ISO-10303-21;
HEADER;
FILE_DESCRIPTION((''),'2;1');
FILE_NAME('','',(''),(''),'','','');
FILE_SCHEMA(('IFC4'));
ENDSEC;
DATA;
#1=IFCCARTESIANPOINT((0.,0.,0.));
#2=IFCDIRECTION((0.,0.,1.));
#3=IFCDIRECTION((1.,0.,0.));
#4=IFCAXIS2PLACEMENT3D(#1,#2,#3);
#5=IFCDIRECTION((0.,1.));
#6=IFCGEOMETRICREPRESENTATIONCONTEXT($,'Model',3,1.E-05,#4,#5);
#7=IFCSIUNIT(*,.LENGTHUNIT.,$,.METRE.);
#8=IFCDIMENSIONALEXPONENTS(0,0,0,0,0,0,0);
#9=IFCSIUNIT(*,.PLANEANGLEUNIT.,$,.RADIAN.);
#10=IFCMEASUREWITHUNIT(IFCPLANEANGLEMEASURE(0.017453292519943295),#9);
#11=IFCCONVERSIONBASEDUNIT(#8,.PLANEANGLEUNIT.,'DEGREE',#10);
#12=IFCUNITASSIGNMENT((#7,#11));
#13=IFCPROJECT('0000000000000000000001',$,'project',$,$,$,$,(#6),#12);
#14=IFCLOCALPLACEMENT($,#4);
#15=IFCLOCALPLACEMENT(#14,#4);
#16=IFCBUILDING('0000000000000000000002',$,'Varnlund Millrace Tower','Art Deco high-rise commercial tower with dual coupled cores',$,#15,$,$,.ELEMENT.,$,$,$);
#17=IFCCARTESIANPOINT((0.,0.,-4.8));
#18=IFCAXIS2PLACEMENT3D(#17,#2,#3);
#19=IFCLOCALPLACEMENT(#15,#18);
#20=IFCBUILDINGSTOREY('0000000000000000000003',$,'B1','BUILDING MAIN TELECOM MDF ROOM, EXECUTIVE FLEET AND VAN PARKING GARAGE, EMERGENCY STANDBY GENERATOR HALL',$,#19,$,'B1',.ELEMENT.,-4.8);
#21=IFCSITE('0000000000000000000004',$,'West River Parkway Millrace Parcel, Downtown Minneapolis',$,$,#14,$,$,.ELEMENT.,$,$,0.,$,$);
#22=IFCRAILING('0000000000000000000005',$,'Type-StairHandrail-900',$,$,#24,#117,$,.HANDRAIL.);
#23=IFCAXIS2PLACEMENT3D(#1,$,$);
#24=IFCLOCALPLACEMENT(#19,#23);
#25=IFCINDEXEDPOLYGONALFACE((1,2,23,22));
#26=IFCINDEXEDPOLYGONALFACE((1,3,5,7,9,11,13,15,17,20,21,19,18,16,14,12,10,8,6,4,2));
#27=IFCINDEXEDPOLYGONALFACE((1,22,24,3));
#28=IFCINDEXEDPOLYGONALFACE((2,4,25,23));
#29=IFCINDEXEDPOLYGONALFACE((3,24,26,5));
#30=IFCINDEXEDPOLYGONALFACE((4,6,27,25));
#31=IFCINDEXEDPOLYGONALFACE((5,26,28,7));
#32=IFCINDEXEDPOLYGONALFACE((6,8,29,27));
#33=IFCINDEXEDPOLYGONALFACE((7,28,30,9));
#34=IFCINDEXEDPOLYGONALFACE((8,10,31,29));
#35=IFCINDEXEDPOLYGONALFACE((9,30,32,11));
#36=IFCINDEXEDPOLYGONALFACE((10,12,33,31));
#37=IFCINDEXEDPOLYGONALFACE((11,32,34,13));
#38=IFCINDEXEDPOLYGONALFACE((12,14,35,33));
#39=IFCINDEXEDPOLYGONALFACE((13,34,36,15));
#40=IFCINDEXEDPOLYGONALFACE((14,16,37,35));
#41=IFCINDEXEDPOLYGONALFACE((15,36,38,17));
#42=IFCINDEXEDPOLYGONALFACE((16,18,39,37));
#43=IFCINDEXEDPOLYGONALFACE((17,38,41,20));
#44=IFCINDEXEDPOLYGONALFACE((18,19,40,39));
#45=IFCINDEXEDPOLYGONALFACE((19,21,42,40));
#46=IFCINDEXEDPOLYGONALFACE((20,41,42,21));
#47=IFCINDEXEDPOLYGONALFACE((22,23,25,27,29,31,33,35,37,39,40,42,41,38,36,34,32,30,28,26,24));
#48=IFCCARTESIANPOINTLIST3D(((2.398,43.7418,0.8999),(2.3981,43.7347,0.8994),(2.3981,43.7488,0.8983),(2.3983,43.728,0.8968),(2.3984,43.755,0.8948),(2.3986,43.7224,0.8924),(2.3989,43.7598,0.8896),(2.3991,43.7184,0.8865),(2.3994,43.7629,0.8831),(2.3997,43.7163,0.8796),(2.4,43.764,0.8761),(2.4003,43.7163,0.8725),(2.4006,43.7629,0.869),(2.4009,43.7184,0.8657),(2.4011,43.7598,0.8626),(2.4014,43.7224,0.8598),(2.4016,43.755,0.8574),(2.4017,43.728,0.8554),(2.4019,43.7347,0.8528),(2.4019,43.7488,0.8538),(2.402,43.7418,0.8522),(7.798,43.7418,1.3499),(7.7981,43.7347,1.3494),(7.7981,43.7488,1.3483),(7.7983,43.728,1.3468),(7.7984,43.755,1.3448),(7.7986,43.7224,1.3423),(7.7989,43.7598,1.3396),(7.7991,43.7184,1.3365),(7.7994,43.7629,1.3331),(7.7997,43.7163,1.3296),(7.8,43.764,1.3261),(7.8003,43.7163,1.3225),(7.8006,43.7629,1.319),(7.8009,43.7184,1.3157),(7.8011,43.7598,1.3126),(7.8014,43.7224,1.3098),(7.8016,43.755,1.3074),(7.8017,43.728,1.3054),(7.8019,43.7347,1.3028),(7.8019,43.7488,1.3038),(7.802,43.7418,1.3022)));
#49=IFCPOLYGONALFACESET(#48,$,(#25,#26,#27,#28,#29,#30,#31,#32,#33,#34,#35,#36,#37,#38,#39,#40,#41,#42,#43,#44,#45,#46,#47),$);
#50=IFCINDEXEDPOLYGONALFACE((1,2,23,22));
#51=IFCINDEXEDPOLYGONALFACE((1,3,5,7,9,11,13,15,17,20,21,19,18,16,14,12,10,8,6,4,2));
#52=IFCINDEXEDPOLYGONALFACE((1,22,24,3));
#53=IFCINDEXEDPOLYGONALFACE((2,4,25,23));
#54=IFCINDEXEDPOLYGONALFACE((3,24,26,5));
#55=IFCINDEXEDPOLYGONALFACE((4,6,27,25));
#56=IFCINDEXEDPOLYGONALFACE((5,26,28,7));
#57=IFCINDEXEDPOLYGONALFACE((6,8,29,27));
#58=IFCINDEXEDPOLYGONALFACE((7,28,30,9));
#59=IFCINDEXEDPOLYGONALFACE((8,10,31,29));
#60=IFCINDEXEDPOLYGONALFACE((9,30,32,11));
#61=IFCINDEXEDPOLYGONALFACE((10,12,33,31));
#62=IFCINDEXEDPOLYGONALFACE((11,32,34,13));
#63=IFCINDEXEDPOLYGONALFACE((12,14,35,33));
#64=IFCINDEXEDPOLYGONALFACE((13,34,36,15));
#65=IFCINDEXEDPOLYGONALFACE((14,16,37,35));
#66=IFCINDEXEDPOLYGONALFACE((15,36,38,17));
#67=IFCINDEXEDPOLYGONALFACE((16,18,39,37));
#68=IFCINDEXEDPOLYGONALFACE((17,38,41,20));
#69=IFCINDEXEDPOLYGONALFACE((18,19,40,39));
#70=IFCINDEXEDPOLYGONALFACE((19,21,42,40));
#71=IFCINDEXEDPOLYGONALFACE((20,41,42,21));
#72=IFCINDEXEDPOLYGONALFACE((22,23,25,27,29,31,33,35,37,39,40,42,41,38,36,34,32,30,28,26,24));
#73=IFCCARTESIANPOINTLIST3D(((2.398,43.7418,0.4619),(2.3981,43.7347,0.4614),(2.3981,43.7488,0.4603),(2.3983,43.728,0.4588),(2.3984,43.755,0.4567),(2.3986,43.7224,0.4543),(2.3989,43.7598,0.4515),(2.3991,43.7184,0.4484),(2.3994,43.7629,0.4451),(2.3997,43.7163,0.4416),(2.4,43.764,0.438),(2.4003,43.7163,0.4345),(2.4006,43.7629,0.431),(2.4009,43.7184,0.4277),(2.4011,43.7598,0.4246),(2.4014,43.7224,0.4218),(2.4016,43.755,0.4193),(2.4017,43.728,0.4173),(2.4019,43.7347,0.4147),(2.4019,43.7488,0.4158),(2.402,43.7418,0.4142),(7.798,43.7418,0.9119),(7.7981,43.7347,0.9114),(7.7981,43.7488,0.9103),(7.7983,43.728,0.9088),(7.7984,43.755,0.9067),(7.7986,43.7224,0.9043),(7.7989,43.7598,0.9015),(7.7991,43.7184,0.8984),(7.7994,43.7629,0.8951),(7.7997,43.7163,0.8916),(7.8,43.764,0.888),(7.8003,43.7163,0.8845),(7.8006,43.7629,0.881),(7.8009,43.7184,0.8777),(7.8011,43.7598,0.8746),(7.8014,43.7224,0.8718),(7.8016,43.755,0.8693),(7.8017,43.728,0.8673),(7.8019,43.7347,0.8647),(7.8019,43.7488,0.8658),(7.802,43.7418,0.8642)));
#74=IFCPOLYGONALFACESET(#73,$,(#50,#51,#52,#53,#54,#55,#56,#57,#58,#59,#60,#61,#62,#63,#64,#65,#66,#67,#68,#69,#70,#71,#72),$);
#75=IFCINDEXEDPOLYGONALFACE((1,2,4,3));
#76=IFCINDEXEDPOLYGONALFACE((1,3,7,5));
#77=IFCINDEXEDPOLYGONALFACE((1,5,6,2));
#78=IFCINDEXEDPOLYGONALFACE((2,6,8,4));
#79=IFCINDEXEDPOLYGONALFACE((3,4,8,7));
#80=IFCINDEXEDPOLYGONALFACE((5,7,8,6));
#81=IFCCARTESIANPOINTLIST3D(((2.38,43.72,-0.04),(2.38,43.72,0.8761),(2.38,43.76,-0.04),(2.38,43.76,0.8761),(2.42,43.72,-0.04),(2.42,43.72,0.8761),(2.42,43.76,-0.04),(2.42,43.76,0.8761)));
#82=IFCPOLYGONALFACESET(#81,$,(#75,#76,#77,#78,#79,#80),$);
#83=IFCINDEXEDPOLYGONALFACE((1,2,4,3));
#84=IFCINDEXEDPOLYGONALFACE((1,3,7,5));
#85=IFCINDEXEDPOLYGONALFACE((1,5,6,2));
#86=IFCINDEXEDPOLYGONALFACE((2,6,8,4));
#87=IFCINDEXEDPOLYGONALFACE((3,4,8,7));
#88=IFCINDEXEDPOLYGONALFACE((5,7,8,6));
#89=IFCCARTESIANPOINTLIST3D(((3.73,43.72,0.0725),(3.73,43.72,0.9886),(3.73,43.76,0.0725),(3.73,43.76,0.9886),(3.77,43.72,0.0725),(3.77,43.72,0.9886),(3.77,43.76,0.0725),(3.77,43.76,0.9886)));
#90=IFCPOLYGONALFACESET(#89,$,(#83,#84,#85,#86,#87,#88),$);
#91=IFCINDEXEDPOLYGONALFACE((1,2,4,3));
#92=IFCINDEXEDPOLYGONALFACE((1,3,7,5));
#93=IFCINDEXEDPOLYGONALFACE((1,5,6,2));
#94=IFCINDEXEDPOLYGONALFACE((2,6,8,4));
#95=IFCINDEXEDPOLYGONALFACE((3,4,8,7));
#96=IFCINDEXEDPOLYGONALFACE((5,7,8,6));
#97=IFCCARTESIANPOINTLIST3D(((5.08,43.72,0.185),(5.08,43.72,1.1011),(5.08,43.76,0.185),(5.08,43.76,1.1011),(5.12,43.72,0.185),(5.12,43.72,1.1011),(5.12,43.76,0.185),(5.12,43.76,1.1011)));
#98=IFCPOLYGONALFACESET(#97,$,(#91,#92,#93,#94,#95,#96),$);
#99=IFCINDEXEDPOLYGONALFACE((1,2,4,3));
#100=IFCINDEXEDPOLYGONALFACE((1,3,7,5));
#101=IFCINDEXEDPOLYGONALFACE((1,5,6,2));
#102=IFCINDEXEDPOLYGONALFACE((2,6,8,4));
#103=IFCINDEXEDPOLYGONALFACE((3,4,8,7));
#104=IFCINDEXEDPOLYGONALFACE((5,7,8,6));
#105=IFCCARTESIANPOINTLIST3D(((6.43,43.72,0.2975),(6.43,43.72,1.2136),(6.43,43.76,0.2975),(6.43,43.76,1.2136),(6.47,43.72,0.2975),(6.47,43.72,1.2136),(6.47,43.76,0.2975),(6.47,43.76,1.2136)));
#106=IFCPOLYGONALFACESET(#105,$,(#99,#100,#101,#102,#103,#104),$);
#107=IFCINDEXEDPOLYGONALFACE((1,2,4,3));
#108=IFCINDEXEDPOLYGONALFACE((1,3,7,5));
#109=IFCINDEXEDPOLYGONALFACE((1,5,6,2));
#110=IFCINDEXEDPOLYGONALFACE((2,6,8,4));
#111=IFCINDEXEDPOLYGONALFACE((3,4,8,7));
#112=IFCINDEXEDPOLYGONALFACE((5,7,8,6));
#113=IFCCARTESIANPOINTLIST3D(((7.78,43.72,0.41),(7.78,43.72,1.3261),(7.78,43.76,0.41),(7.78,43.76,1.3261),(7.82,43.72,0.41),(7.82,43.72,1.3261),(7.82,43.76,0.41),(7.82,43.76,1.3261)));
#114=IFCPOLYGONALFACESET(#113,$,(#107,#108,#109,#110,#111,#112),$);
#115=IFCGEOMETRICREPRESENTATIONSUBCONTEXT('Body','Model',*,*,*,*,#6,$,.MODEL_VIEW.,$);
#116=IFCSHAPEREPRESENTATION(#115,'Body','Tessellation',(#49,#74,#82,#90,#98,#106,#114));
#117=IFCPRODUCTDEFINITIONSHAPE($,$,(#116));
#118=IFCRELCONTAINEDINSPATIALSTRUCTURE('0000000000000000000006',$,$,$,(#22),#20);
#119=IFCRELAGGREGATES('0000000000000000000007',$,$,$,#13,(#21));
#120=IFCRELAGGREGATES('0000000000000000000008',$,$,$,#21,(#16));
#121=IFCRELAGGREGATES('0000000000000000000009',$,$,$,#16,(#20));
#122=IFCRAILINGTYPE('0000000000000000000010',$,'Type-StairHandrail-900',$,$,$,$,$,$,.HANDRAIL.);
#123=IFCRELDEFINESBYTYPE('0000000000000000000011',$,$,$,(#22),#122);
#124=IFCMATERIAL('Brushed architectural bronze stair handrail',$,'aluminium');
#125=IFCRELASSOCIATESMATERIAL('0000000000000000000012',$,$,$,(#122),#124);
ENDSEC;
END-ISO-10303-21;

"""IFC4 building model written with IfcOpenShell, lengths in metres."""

from ifc_helpers import new_model, entity, si_unit, converted_unit, direction, frame, origin_with_axes, origin_2d_with_axis, place, context, subcontext, project, spatial, rectangle, circle, extrude, material, type_object, element, save


model = new_model("IFC4")

# Units and contexts
model_context = context("Model", 3, precision=1e-05, world=origin_with_axes(), true_north=direction((0.0, 1.0)))
body_context = subcontext(model_context, "Body", "Model", "MODEL_VIEW")
ifc_project = project(units=[si_unit("LENGTHUNIT", "METRE"), converted_unit("PLANEANGLEUNIT", "DEGREE", entity("IfcPlaneAngleMeasure", 0.017453292519943295), si_unit("PLANEANGLEUNIT", "RADIAN"), dimensions=[0, 0, 0, 0, 0, 0, 0])], contexts=[model_context])

# Site, building, storey
site_placement = place(None, origin_with_axes())
site = spatial("IfcSite", under=ifc_project, at=site_placement, Name="West River Parkway Millrace Parcel, Downtown Minneapolis", CompositionType="ELEMENT", RefElevation=0.0)
building_placement = place(site_placement, origin_with_axes())
building = spatial("IfcBuilding", under=site, at=building_placement, Name="Varnlund Millrace Tower", Description="Art Deco high-rise commercial tower with dual coupled cores", CompositionType="ELEMENT")
storey_placement = place(building_placement, frame((0.0, 0.0, -4.8), z_axis=(0.0, 0.0, 1.0), x_axis=(1.0, 0.0, 0.0)))
storey = spatial("IfcBuildingStorey", under=building, at=storey_placement, Name="B1", Description="BUILDING MAIN TELECOM MDF ROOM, EXECUTIVE FLEET AND VAN PARKING GARAGE, EMERGENCY STANDBY GENERATOR HALL", LongName="B1", CompositionType="ELEMENT", Elevation=-4.8)

# Railing
ifc_material_1 = material(Name="Brushed architectural bronze stair handrail", Category="aluminium")
railing_type_1 = type_object("IfcRailingType", Name="Type-StairHandrail-900", PredefinedType="HANDRAIL", material=ifc_material_1)
railing_1_placement = place(storey_placement, frame((0.0, 0.0, 4.8), z_axis=(0.0, 0.0, 1.0), x_axis=(1.0, 0.0, 0.0)))
element("IfcRailing", 1, at=railing_1_placement, inside=storey, type_object=railing_type_1, Name="Type-StairHandrail-900", PredefinedType="HANDRAIL", context=body_context, shape_type="SweptSolid", body=[
    extrude(circle(Radius=0.024, at=origin_2d_with_axis()), frame((2.4, 43.74, -3.9239), z_axis=(0.996546, 0.0, 0.083045), x_axis=(0.0, 1.0, 0.0)), (0.0, 0.0, 1.0), 5.4187),
    extrude(circle(Radius=0.024, at=origin_2d_with_axis()), frame((2.4, 43.74, -4.362), z_axis=(0.996546, 0.0, 0.083045), x_axis=(0.0, 1.0, 0.0)), (0.0, 0.0, 1.0), 5.4187),
    extrude(rectangle(XDim=0.04, YDim=0.04, at=origin_2d_with_axis()), frame((2.4, 43.74, -4.84), z_axis=(0.0, 0.0, 1.0), x_axis=(1.0, 0.0, 0.0)), (0.0, 0.0, 1.0), 0.9161),
    extrude(rectangle(XDim=0.04, YDim=0.04, at=origin_2d_with_axis()), frame((3.75, 43.74, -4.7275), z_axis=(0.0, 0.0, 1.0), x_axis=(1.0, 0.0, 0.0)), (0.0, 0.0, 1.0), 0.9161),
    extrude(rectangle(XDim=0.04, YDim=0.04, at=origin_2d_with_axis()), frame((5.1, 43.74, -4.615), z_axis=(0.0, 0.0, 1.0), x_axis=(1.0, 0.0, 0.0)), (0.0, 0.0, 1.0), 0.9161),
    extrude(rectangle(XDim=0.04, YDim=0.04, at=origin_2d_with_axis()), frame((6.45, 43.74, -4.5025), z_axis=(0.0, 0.0, 1.0), x_axis=(1.0, 0.0, 0.0)), (0.0, 0.0, 1.0), 0.9161),
    extrude(rectangle(XDim=0.04, YDim=0.04, at=origin_2d_with_axis()), frame((7.8, 43.74, -4.39), z_axis=(0.0, 0.0, 1.0), x_axis=(1.0, 0.0, 0.0)), (0.0, 0.0, 1.0), 0.9161),
])

save(model, "model.ifc")
